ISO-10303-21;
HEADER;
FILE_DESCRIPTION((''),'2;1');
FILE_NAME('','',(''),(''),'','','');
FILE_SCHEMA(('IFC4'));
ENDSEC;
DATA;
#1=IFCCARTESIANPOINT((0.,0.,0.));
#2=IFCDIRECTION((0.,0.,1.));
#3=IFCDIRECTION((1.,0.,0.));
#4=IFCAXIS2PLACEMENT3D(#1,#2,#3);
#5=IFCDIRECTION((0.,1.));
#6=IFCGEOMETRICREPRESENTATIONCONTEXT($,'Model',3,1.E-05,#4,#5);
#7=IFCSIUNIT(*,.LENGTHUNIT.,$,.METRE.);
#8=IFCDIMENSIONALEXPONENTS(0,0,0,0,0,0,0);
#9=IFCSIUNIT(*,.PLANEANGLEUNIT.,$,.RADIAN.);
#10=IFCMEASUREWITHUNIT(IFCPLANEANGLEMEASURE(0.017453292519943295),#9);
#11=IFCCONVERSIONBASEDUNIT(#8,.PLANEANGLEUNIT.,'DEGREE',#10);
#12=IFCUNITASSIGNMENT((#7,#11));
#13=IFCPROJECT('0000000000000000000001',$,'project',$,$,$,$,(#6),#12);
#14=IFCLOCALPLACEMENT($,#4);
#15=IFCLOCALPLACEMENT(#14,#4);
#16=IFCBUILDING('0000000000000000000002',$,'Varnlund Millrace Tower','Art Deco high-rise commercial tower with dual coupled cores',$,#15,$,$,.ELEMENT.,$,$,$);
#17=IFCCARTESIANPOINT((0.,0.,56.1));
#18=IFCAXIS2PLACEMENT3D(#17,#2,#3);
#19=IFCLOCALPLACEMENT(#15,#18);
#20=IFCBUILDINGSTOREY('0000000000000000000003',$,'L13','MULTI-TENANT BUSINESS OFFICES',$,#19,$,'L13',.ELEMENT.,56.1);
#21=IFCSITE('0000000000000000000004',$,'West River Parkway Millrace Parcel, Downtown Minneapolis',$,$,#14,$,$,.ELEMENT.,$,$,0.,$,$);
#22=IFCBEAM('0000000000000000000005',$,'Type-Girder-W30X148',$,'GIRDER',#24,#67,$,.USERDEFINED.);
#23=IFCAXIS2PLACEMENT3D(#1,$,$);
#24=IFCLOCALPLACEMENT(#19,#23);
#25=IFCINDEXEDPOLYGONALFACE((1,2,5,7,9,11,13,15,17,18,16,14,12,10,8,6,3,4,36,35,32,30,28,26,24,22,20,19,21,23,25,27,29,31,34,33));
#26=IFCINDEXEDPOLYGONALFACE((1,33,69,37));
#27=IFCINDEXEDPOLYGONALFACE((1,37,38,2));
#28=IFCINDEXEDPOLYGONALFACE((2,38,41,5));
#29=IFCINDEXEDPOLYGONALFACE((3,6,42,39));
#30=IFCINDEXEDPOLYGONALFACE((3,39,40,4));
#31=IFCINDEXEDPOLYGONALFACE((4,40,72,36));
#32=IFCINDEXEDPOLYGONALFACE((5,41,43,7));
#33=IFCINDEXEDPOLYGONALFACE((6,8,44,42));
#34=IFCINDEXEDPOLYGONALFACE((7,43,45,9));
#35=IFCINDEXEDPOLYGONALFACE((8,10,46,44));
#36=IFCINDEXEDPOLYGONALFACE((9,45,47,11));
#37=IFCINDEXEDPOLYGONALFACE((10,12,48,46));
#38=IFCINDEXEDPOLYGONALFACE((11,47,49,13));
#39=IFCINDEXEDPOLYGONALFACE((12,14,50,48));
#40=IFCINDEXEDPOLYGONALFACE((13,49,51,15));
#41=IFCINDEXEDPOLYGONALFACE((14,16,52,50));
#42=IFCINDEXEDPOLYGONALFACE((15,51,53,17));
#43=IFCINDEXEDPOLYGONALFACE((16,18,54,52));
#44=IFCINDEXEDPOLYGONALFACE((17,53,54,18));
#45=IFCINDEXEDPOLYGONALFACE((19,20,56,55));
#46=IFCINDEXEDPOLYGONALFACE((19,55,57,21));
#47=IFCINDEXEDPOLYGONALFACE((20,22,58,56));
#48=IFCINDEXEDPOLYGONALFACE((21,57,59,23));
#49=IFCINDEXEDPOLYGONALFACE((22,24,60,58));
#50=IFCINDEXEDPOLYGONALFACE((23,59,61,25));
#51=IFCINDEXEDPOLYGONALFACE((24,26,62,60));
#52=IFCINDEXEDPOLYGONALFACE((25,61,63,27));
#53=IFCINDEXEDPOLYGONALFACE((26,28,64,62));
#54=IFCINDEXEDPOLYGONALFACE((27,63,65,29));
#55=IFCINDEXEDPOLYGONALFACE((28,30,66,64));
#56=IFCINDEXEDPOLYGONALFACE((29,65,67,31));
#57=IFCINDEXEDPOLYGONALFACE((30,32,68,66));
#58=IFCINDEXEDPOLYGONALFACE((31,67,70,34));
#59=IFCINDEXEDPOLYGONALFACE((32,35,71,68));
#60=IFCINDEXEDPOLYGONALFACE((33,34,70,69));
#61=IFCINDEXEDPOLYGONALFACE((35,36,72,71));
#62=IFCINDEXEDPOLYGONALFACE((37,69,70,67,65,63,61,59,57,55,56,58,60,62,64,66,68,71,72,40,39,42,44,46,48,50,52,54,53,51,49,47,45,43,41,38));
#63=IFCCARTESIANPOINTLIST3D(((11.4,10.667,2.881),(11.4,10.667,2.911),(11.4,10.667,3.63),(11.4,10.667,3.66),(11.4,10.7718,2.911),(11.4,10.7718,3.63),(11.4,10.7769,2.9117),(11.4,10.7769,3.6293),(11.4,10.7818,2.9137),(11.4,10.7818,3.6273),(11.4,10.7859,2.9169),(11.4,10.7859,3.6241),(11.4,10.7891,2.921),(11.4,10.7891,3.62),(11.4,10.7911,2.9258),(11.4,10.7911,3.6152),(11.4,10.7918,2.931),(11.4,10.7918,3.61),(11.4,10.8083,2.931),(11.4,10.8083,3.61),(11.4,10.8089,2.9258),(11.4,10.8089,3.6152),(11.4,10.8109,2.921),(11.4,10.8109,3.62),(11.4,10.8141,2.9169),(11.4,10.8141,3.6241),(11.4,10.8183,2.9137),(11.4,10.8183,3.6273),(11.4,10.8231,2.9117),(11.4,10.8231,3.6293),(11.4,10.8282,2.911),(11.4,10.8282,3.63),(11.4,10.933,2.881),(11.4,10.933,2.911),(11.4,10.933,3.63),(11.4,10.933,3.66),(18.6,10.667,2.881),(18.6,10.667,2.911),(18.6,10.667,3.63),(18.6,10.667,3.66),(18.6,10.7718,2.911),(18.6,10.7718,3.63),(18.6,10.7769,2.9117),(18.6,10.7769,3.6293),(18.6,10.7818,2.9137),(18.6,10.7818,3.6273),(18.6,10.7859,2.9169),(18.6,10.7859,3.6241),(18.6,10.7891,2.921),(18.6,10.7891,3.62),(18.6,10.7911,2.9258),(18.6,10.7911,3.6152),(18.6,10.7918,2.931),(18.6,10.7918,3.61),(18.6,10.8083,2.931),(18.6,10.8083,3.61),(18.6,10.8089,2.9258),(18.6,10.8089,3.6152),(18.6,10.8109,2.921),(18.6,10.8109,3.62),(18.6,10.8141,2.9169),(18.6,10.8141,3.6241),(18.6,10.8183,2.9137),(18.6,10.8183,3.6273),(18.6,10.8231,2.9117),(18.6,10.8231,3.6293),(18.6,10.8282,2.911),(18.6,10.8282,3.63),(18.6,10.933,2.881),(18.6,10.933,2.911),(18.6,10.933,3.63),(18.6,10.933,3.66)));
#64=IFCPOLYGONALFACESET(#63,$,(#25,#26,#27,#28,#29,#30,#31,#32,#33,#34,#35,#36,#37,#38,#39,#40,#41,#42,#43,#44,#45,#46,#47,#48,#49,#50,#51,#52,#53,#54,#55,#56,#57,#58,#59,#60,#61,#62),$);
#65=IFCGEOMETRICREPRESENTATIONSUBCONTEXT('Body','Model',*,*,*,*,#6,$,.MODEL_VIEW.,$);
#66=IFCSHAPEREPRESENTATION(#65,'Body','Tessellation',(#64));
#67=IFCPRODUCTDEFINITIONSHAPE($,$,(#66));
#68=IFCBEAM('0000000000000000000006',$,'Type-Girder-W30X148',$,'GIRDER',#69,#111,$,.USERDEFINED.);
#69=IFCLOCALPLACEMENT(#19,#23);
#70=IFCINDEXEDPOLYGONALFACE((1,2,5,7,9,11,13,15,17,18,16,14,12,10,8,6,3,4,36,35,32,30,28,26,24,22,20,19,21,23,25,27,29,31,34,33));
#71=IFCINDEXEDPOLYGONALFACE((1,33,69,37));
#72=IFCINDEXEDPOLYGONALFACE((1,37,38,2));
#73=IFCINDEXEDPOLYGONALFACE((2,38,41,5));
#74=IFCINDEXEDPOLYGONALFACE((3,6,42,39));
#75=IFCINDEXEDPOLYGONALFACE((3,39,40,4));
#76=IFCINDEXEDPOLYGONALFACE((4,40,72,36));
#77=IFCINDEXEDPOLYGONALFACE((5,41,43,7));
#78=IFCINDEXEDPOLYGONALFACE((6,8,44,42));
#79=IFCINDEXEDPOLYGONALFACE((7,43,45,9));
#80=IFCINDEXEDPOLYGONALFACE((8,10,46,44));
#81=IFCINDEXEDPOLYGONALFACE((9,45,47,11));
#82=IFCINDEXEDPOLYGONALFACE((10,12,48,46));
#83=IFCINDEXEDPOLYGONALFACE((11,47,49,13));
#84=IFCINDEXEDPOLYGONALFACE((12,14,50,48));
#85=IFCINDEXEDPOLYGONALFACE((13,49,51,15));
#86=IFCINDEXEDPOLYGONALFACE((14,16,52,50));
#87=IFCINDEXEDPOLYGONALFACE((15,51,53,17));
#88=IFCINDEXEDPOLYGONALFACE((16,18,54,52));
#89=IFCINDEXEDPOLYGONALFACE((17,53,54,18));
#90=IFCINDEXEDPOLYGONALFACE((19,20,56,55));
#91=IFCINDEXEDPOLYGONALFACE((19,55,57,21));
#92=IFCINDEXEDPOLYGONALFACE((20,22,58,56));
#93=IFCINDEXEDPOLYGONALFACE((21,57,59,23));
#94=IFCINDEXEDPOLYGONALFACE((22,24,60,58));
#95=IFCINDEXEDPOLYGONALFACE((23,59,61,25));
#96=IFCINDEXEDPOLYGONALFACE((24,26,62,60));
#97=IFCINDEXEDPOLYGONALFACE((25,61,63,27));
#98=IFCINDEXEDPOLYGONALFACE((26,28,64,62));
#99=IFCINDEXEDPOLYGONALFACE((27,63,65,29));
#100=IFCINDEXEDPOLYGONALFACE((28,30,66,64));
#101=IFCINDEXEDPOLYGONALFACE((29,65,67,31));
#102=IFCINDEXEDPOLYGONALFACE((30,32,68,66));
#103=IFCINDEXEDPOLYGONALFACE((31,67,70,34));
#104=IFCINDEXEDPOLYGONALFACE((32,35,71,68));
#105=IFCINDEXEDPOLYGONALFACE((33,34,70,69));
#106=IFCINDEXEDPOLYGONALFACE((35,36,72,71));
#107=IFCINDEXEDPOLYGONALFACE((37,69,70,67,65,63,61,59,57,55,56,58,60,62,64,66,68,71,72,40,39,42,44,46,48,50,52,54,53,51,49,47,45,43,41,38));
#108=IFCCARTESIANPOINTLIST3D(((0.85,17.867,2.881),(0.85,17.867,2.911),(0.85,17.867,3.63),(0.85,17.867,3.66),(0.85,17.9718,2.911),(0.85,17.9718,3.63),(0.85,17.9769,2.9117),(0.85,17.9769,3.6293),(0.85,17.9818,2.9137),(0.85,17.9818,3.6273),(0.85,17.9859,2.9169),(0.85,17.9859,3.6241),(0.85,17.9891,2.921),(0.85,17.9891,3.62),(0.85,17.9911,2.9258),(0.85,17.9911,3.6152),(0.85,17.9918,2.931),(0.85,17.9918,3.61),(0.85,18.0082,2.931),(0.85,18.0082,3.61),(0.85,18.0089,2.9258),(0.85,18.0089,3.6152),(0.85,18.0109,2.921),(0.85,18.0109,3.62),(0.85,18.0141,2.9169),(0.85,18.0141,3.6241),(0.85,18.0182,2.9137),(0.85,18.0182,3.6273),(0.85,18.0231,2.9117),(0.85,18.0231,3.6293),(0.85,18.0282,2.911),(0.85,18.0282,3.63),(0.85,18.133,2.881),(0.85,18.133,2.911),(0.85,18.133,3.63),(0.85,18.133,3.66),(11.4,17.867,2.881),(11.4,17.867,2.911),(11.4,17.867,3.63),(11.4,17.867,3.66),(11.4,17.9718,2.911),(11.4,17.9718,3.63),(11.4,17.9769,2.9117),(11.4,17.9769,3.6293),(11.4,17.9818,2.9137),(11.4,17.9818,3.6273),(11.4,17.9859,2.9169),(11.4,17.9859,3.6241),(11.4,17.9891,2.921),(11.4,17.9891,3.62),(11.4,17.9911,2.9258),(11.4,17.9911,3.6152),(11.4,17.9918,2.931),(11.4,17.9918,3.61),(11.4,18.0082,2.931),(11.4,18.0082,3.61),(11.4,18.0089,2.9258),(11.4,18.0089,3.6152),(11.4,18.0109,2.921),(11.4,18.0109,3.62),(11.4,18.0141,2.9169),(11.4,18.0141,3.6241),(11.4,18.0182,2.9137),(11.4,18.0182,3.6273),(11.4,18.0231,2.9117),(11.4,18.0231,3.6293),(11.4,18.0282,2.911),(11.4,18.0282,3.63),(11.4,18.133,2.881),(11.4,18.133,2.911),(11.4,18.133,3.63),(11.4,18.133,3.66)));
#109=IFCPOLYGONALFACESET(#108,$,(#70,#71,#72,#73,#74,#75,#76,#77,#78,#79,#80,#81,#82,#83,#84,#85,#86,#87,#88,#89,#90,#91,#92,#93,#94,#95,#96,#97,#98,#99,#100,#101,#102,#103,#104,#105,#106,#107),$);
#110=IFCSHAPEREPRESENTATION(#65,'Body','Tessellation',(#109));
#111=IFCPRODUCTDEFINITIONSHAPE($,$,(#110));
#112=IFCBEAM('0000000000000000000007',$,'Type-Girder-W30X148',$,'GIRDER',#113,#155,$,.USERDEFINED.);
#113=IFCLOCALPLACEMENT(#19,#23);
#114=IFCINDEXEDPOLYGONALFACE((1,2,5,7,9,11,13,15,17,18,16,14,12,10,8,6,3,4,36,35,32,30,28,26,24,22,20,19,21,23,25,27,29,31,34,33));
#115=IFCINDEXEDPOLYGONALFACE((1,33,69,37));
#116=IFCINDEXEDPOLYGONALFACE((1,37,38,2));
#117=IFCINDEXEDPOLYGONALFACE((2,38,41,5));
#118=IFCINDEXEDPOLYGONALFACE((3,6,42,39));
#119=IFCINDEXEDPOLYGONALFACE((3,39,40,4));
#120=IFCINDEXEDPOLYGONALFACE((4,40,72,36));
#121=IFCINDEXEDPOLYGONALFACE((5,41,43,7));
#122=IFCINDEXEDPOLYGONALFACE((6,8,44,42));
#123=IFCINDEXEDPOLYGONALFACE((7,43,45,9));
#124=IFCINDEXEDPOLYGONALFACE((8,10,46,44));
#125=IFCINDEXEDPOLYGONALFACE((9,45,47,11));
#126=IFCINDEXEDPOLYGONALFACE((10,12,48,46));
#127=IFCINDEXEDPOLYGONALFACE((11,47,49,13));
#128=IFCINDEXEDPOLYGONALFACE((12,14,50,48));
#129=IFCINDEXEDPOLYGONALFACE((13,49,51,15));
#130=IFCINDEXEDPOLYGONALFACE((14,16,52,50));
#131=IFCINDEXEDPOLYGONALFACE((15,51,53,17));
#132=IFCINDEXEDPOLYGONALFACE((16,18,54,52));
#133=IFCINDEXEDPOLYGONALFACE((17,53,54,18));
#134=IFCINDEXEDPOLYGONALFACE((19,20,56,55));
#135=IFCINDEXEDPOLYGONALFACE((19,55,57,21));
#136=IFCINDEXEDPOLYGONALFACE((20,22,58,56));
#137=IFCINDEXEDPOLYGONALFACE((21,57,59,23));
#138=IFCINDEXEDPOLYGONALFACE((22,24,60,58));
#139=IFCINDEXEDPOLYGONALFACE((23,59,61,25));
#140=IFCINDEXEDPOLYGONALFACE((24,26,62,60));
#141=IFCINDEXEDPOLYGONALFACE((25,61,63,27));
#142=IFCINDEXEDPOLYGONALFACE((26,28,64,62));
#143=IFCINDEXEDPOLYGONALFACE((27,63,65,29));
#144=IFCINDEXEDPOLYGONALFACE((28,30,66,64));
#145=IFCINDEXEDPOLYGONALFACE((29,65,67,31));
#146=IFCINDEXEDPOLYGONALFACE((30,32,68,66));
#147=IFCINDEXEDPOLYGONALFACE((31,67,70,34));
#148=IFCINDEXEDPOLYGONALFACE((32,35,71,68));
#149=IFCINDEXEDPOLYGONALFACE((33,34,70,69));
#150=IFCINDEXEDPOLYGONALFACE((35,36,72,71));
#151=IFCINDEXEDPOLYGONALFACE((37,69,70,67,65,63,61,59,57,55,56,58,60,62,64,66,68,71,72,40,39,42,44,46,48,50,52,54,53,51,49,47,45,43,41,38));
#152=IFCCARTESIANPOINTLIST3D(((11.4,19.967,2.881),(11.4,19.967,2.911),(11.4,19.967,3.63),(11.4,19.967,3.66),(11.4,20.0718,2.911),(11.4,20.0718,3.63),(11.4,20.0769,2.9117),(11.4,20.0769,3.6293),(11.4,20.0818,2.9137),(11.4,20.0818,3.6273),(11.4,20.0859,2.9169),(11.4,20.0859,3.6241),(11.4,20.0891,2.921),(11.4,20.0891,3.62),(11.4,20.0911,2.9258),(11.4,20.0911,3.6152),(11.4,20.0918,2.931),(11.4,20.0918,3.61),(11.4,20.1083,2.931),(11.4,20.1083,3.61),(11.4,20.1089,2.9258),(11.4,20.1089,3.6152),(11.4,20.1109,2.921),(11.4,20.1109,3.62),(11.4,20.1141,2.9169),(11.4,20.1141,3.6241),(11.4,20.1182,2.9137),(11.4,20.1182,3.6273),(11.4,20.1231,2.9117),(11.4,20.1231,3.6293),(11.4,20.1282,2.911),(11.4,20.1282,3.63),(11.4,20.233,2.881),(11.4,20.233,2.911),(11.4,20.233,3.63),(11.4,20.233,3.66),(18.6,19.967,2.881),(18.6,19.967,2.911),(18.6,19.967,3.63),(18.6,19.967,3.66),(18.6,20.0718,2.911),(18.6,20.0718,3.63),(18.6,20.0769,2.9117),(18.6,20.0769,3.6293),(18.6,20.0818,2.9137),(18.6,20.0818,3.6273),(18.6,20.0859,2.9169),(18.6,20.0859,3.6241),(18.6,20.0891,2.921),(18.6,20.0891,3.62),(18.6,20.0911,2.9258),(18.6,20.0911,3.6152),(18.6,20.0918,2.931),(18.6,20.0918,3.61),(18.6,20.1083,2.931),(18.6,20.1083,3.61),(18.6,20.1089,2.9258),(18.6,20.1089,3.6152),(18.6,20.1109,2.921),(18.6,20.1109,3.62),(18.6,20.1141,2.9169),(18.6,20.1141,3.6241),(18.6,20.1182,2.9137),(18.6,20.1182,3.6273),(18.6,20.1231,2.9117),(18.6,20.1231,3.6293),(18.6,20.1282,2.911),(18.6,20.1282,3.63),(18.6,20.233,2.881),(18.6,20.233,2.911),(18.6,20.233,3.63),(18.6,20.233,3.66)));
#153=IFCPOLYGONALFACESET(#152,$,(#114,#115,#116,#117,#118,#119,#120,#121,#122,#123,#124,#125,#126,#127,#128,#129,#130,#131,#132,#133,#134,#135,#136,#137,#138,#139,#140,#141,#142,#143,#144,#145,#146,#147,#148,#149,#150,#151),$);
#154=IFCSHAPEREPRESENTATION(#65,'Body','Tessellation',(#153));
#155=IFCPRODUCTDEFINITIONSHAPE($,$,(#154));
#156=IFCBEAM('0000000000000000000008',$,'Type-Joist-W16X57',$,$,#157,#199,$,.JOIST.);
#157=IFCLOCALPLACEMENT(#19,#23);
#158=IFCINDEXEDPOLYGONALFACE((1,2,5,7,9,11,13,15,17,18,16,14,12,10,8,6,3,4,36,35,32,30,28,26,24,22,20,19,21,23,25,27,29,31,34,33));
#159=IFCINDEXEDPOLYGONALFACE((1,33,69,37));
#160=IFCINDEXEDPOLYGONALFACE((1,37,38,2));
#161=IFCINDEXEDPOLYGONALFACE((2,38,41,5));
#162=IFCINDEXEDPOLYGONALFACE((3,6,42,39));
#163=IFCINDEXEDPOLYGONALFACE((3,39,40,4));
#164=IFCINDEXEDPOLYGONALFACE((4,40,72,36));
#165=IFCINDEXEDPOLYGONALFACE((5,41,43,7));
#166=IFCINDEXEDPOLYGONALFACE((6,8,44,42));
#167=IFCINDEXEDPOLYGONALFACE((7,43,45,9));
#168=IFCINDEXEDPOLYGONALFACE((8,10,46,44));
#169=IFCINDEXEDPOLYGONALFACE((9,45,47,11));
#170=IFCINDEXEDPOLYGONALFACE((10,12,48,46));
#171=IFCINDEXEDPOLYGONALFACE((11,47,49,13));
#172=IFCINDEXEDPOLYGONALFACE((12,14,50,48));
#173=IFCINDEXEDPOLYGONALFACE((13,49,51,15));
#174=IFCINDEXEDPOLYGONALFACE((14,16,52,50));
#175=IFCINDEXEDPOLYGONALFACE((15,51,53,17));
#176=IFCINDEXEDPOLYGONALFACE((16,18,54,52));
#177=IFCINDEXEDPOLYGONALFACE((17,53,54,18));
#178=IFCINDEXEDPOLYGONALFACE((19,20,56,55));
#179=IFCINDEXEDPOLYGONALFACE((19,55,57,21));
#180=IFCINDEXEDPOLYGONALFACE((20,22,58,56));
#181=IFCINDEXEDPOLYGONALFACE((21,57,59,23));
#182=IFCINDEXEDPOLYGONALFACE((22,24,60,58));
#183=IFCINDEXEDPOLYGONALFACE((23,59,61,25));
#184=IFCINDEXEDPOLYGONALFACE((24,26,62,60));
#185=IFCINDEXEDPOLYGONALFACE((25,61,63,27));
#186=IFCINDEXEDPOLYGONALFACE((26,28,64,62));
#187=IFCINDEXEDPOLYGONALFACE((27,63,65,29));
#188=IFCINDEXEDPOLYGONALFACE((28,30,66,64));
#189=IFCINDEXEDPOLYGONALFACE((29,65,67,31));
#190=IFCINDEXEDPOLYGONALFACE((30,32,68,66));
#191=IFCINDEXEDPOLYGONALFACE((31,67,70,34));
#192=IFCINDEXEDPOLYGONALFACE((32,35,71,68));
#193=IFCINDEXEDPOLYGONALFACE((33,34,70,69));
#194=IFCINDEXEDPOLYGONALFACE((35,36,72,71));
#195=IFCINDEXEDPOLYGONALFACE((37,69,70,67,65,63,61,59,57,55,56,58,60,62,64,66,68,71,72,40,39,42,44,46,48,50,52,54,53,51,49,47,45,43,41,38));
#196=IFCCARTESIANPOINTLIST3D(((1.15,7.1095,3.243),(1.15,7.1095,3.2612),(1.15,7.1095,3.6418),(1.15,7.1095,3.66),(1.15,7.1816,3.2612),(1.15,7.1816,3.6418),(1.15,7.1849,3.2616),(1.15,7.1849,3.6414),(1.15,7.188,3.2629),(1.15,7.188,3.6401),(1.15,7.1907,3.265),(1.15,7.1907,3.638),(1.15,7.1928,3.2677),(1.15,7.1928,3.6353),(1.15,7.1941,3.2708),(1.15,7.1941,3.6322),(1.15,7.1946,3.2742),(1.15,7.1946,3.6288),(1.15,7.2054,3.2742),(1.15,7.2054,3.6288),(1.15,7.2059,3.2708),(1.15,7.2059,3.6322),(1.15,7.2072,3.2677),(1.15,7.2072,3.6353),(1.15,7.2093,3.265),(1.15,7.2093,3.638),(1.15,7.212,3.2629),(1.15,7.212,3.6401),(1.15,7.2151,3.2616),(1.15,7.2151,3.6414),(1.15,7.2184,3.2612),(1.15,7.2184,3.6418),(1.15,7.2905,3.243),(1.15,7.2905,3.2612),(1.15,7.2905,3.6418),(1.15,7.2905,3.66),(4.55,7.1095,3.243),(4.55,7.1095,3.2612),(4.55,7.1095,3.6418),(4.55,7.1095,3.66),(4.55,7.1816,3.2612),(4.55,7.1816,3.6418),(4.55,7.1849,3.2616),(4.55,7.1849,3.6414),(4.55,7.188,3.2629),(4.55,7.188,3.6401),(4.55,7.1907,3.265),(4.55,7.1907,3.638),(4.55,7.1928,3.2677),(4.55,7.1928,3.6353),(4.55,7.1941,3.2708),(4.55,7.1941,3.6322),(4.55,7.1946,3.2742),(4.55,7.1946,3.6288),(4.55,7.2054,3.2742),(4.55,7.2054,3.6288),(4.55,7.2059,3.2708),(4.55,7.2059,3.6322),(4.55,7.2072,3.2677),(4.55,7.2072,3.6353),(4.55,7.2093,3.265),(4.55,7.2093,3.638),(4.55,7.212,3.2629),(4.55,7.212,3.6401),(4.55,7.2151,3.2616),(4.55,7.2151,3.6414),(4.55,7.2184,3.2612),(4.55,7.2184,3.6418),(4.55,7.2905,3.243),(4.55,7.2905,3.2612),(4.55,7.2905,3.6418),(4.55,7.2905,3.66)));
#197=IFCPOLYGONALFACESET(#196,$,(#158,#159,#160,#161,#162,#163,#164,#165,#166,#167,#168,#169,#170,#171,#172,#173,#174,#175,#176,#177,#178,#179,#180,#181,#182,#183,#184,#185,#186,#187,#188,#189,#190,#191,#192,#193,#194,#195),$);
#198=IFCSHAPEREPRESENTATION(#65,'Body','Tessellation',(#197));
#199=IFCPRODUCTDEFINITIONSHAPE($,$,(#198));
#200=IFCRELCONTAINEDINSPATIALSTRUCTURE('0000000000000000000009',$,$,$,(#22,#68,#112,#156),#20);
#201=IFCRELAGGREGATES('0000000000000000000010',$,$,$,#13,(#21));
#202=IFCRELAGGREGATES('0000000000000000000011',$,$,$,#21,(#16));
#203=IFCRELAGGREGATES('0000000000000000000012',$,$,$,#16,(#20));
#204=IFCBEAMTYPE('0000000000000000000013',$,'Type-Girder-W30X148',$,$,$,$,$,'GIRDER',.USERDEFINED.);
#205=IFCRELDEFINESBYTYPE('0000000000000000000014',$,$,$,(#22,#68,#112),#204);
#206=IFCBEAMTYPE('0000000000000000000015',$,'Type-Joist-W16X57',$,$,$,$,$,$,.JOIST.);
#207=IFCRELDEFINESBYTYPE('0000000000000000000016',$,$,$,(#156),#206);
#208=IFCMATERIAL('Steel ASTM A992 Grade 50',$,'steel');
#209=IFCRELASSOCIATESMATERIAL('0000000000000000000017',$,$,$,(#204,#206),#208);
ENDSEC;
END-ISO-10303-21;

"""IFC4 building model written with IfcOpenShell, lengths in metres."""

from ifc_helpers import new_model, entity, si_unit, converted_unit, direction, frame, origin_with_axes, origin_2d_with_axis, place, context, subcontext, project, spatial, i_section, extrude, material, material_profile, profile_set, type_object, element, save


model = new_model("IFC4")

# Units and contexts
model_context = context("Model", 3, precision=1e-05, world=origin_with_axes(), true_north=direction((0.0, 1.0)))
body_context = subcontext(model_context, "Body", "Model", "MODEL_VIEW")
ifc_project = project(units=[si_unit("LENGTHUNIT", "METRE"), converted_unit("PLANEANGLEUNIT", "DEGREE", entity("IfcPlaneAngleMeasure", 0.017453292519943295), si_unit("PLANEANGLEUNIT", "RADIAN"), dimensions=[0, 0, 0, 0, 0, 0, 0])], contexts=[model_context])

# Site, building, storey
site_placement = place(None, origin_with_axes())
site = spatial("IfcSite", under=ifc_project, at=site_placement, Name="West River Parkway Millrace Parcel, Downtown Minneapolis", CompositionType="ELEMENT", RefElevation=0.0)
building_placement = place(site_placement, origin_with_axes())
building = spatial("IfcBuilding", under=site, at=building_placement, Name="Varnlund Millrace Tower", Description="Art Deco high-rise commercial tower with dual coupled cores", CompositionType="ELEMENT")
storey_placement = place(building_placement, frame((0.0, 0.0, 56.1), z_axis=(0.0, 0.0, 1.0), x_axis=(1.0, 0.0, 0.0)))
storey = spatial("IfcBuildingStorey", under=building, at=storey_placement, Name="L13", Description="MULTI-TENANT BUSINESS OFFICES", LongName="L13", CompositionType="ELEMENT", Elevation=56.1)

# Beams
ifc_material_1 = material(Name="Steel ASTM A992 Grade 50", Category="steel")
ifc_material_profile_1 = material_profile(ifc_material_1, i_section(OverallWidth=0.266, OverallDepth=0.779, WebThickness=0.0165, FlangeThickness=0.03, FilletRadius=0.02, at=origin_2d_with_axis()), Name="Steel ASTM A992 Grade 50")
ifc_profile_set_1 = profile_set([ifc_material_profile_1], Name="Steel ASTM A992 Grade 50")
beam_type_1 = type_object("IfcBeamType", Name="Type-Girder-W30X148", ElementType="GIRDER", PredefinedType="USERDEFINED", material=ifc_profile_set_1)
beam_1_placement = place(storey_placement, frame((11.4, 10.8, 3.2705), z_axis=(1.0, 0.0, 0.0), x_axis=(0.0, 1.0, 0.0)))
element("IfcBeam", 1, at=beam_1_placement, inside=storey, type_object=beam_type_1, Name="Type-Girder-W30X148", ObjectType="GIRDER", PredefinedType="USERDEFINED", context=body_context, shape_type="SweptSolid", body=[
    extrude(i_section(OverallWidth=0.266, OverallDepth=0.779, WebThickness=0.0165, FlangeThickness=0.03, FilletRadius=0.02, at=origin_2d_with_axis()), origin_with_axes(), (0.0, 0.0, 1.0), 7.2),
])
beam_2_placement = place(storey_placement, frame((0.85, 18.0, 3.2705), z_axis=(1.0, 0.0, 0.0), x_axis=(0.0, 1.0, 0.0)))
element("IfcBeam", 2, at=beam_2_placement, inside=storey, type_object=beam_type_1, Name="Type-Girder-W30X148", ObjectType="GIRDER", PredefinedType="USERDEFINED", context=body_context, shape_type="SweptSolid", body=[
    extrude(i_section(OverallWidth=0.266, OverallDepth=0.779, WebThickness=0.0165, FlangeThickness=0.03, FilletRadius=0.02, at=origin_2d_with_axis()), origin_with_axes(), (0.0, 0.0, 1.0), 10.55),
])
beam_3_placement = place(storey_placement, frame((11.4, 20.1, 3.2705), z_axis=(1.0, 0.0, 0.0), x_axis=(0.0, 1.0, 0.0)))
element("IfcBeam", 3, at=beam_3_placement, inside=storey, type_object=beam_type_1, Name="Type-Girder-W30X148", ObjectType="GIRDER", PredefinedType="USERDEFINED", context=body_context, shape_type="SweptSolid", body=[
    extrude(i_section(OverallWidth=0.266, OverallDepth=0.779, WebThickness=0.0165, FlangeThickness=0.03, FilletRadius=0.02, at=origin_2d_with_axis()), origin_with_axes(), (0.0, 0.0, 1.0), 7.2),
])
ifc_material_profile_2 = material_profile(ifc_material_1, i_section(OverallWidth=0.181, OverallDepth=0.417, WebThickness=0.0109, FlangeThickness=0.0182, FilletRadius=0.013, at=origin_2d_with_axis()), Name="Steel ASTM A992 Grade 50")
ifc_profile_set_2 = profile_set([ifc_material_profile_2], Name="Steel ASTM A992 Grade 50")
beam_type_2 = type_object("IfcBeamType", Name="Type-Joist-W16X57", PredefinedType="JOIST", material=ifc_profile_set_2)
for number, where, z_axis, x_axis, name in (
    (4, (1.15, 7.2, 3.4515), (1.0, 0.0, 0.0), (0.0, 1.0, 0.0), "Type-Joist-W16X57"),
):
    element("IfcBeam", number, at=place(storey_placement, frame(where, z_axis=z_axis, x_axis=x_axis)), inside=storey, type_object=beam_type_2, Name=name, PredefinedType="JOIST", context=body_context, shape_type="SweptSolid", body=[
        extrude(i_section(OverallWidth=0.181, OverallDepth=0.417, WebThickness=0.0109, FlangeThickness=0.0182, FilletRadius=0.013, at=origin_2d_with_axis()), origin_with_axes(), (0.0, 0.0, 1.0), 3.4),
    ])

save(model, "model.ifc")
